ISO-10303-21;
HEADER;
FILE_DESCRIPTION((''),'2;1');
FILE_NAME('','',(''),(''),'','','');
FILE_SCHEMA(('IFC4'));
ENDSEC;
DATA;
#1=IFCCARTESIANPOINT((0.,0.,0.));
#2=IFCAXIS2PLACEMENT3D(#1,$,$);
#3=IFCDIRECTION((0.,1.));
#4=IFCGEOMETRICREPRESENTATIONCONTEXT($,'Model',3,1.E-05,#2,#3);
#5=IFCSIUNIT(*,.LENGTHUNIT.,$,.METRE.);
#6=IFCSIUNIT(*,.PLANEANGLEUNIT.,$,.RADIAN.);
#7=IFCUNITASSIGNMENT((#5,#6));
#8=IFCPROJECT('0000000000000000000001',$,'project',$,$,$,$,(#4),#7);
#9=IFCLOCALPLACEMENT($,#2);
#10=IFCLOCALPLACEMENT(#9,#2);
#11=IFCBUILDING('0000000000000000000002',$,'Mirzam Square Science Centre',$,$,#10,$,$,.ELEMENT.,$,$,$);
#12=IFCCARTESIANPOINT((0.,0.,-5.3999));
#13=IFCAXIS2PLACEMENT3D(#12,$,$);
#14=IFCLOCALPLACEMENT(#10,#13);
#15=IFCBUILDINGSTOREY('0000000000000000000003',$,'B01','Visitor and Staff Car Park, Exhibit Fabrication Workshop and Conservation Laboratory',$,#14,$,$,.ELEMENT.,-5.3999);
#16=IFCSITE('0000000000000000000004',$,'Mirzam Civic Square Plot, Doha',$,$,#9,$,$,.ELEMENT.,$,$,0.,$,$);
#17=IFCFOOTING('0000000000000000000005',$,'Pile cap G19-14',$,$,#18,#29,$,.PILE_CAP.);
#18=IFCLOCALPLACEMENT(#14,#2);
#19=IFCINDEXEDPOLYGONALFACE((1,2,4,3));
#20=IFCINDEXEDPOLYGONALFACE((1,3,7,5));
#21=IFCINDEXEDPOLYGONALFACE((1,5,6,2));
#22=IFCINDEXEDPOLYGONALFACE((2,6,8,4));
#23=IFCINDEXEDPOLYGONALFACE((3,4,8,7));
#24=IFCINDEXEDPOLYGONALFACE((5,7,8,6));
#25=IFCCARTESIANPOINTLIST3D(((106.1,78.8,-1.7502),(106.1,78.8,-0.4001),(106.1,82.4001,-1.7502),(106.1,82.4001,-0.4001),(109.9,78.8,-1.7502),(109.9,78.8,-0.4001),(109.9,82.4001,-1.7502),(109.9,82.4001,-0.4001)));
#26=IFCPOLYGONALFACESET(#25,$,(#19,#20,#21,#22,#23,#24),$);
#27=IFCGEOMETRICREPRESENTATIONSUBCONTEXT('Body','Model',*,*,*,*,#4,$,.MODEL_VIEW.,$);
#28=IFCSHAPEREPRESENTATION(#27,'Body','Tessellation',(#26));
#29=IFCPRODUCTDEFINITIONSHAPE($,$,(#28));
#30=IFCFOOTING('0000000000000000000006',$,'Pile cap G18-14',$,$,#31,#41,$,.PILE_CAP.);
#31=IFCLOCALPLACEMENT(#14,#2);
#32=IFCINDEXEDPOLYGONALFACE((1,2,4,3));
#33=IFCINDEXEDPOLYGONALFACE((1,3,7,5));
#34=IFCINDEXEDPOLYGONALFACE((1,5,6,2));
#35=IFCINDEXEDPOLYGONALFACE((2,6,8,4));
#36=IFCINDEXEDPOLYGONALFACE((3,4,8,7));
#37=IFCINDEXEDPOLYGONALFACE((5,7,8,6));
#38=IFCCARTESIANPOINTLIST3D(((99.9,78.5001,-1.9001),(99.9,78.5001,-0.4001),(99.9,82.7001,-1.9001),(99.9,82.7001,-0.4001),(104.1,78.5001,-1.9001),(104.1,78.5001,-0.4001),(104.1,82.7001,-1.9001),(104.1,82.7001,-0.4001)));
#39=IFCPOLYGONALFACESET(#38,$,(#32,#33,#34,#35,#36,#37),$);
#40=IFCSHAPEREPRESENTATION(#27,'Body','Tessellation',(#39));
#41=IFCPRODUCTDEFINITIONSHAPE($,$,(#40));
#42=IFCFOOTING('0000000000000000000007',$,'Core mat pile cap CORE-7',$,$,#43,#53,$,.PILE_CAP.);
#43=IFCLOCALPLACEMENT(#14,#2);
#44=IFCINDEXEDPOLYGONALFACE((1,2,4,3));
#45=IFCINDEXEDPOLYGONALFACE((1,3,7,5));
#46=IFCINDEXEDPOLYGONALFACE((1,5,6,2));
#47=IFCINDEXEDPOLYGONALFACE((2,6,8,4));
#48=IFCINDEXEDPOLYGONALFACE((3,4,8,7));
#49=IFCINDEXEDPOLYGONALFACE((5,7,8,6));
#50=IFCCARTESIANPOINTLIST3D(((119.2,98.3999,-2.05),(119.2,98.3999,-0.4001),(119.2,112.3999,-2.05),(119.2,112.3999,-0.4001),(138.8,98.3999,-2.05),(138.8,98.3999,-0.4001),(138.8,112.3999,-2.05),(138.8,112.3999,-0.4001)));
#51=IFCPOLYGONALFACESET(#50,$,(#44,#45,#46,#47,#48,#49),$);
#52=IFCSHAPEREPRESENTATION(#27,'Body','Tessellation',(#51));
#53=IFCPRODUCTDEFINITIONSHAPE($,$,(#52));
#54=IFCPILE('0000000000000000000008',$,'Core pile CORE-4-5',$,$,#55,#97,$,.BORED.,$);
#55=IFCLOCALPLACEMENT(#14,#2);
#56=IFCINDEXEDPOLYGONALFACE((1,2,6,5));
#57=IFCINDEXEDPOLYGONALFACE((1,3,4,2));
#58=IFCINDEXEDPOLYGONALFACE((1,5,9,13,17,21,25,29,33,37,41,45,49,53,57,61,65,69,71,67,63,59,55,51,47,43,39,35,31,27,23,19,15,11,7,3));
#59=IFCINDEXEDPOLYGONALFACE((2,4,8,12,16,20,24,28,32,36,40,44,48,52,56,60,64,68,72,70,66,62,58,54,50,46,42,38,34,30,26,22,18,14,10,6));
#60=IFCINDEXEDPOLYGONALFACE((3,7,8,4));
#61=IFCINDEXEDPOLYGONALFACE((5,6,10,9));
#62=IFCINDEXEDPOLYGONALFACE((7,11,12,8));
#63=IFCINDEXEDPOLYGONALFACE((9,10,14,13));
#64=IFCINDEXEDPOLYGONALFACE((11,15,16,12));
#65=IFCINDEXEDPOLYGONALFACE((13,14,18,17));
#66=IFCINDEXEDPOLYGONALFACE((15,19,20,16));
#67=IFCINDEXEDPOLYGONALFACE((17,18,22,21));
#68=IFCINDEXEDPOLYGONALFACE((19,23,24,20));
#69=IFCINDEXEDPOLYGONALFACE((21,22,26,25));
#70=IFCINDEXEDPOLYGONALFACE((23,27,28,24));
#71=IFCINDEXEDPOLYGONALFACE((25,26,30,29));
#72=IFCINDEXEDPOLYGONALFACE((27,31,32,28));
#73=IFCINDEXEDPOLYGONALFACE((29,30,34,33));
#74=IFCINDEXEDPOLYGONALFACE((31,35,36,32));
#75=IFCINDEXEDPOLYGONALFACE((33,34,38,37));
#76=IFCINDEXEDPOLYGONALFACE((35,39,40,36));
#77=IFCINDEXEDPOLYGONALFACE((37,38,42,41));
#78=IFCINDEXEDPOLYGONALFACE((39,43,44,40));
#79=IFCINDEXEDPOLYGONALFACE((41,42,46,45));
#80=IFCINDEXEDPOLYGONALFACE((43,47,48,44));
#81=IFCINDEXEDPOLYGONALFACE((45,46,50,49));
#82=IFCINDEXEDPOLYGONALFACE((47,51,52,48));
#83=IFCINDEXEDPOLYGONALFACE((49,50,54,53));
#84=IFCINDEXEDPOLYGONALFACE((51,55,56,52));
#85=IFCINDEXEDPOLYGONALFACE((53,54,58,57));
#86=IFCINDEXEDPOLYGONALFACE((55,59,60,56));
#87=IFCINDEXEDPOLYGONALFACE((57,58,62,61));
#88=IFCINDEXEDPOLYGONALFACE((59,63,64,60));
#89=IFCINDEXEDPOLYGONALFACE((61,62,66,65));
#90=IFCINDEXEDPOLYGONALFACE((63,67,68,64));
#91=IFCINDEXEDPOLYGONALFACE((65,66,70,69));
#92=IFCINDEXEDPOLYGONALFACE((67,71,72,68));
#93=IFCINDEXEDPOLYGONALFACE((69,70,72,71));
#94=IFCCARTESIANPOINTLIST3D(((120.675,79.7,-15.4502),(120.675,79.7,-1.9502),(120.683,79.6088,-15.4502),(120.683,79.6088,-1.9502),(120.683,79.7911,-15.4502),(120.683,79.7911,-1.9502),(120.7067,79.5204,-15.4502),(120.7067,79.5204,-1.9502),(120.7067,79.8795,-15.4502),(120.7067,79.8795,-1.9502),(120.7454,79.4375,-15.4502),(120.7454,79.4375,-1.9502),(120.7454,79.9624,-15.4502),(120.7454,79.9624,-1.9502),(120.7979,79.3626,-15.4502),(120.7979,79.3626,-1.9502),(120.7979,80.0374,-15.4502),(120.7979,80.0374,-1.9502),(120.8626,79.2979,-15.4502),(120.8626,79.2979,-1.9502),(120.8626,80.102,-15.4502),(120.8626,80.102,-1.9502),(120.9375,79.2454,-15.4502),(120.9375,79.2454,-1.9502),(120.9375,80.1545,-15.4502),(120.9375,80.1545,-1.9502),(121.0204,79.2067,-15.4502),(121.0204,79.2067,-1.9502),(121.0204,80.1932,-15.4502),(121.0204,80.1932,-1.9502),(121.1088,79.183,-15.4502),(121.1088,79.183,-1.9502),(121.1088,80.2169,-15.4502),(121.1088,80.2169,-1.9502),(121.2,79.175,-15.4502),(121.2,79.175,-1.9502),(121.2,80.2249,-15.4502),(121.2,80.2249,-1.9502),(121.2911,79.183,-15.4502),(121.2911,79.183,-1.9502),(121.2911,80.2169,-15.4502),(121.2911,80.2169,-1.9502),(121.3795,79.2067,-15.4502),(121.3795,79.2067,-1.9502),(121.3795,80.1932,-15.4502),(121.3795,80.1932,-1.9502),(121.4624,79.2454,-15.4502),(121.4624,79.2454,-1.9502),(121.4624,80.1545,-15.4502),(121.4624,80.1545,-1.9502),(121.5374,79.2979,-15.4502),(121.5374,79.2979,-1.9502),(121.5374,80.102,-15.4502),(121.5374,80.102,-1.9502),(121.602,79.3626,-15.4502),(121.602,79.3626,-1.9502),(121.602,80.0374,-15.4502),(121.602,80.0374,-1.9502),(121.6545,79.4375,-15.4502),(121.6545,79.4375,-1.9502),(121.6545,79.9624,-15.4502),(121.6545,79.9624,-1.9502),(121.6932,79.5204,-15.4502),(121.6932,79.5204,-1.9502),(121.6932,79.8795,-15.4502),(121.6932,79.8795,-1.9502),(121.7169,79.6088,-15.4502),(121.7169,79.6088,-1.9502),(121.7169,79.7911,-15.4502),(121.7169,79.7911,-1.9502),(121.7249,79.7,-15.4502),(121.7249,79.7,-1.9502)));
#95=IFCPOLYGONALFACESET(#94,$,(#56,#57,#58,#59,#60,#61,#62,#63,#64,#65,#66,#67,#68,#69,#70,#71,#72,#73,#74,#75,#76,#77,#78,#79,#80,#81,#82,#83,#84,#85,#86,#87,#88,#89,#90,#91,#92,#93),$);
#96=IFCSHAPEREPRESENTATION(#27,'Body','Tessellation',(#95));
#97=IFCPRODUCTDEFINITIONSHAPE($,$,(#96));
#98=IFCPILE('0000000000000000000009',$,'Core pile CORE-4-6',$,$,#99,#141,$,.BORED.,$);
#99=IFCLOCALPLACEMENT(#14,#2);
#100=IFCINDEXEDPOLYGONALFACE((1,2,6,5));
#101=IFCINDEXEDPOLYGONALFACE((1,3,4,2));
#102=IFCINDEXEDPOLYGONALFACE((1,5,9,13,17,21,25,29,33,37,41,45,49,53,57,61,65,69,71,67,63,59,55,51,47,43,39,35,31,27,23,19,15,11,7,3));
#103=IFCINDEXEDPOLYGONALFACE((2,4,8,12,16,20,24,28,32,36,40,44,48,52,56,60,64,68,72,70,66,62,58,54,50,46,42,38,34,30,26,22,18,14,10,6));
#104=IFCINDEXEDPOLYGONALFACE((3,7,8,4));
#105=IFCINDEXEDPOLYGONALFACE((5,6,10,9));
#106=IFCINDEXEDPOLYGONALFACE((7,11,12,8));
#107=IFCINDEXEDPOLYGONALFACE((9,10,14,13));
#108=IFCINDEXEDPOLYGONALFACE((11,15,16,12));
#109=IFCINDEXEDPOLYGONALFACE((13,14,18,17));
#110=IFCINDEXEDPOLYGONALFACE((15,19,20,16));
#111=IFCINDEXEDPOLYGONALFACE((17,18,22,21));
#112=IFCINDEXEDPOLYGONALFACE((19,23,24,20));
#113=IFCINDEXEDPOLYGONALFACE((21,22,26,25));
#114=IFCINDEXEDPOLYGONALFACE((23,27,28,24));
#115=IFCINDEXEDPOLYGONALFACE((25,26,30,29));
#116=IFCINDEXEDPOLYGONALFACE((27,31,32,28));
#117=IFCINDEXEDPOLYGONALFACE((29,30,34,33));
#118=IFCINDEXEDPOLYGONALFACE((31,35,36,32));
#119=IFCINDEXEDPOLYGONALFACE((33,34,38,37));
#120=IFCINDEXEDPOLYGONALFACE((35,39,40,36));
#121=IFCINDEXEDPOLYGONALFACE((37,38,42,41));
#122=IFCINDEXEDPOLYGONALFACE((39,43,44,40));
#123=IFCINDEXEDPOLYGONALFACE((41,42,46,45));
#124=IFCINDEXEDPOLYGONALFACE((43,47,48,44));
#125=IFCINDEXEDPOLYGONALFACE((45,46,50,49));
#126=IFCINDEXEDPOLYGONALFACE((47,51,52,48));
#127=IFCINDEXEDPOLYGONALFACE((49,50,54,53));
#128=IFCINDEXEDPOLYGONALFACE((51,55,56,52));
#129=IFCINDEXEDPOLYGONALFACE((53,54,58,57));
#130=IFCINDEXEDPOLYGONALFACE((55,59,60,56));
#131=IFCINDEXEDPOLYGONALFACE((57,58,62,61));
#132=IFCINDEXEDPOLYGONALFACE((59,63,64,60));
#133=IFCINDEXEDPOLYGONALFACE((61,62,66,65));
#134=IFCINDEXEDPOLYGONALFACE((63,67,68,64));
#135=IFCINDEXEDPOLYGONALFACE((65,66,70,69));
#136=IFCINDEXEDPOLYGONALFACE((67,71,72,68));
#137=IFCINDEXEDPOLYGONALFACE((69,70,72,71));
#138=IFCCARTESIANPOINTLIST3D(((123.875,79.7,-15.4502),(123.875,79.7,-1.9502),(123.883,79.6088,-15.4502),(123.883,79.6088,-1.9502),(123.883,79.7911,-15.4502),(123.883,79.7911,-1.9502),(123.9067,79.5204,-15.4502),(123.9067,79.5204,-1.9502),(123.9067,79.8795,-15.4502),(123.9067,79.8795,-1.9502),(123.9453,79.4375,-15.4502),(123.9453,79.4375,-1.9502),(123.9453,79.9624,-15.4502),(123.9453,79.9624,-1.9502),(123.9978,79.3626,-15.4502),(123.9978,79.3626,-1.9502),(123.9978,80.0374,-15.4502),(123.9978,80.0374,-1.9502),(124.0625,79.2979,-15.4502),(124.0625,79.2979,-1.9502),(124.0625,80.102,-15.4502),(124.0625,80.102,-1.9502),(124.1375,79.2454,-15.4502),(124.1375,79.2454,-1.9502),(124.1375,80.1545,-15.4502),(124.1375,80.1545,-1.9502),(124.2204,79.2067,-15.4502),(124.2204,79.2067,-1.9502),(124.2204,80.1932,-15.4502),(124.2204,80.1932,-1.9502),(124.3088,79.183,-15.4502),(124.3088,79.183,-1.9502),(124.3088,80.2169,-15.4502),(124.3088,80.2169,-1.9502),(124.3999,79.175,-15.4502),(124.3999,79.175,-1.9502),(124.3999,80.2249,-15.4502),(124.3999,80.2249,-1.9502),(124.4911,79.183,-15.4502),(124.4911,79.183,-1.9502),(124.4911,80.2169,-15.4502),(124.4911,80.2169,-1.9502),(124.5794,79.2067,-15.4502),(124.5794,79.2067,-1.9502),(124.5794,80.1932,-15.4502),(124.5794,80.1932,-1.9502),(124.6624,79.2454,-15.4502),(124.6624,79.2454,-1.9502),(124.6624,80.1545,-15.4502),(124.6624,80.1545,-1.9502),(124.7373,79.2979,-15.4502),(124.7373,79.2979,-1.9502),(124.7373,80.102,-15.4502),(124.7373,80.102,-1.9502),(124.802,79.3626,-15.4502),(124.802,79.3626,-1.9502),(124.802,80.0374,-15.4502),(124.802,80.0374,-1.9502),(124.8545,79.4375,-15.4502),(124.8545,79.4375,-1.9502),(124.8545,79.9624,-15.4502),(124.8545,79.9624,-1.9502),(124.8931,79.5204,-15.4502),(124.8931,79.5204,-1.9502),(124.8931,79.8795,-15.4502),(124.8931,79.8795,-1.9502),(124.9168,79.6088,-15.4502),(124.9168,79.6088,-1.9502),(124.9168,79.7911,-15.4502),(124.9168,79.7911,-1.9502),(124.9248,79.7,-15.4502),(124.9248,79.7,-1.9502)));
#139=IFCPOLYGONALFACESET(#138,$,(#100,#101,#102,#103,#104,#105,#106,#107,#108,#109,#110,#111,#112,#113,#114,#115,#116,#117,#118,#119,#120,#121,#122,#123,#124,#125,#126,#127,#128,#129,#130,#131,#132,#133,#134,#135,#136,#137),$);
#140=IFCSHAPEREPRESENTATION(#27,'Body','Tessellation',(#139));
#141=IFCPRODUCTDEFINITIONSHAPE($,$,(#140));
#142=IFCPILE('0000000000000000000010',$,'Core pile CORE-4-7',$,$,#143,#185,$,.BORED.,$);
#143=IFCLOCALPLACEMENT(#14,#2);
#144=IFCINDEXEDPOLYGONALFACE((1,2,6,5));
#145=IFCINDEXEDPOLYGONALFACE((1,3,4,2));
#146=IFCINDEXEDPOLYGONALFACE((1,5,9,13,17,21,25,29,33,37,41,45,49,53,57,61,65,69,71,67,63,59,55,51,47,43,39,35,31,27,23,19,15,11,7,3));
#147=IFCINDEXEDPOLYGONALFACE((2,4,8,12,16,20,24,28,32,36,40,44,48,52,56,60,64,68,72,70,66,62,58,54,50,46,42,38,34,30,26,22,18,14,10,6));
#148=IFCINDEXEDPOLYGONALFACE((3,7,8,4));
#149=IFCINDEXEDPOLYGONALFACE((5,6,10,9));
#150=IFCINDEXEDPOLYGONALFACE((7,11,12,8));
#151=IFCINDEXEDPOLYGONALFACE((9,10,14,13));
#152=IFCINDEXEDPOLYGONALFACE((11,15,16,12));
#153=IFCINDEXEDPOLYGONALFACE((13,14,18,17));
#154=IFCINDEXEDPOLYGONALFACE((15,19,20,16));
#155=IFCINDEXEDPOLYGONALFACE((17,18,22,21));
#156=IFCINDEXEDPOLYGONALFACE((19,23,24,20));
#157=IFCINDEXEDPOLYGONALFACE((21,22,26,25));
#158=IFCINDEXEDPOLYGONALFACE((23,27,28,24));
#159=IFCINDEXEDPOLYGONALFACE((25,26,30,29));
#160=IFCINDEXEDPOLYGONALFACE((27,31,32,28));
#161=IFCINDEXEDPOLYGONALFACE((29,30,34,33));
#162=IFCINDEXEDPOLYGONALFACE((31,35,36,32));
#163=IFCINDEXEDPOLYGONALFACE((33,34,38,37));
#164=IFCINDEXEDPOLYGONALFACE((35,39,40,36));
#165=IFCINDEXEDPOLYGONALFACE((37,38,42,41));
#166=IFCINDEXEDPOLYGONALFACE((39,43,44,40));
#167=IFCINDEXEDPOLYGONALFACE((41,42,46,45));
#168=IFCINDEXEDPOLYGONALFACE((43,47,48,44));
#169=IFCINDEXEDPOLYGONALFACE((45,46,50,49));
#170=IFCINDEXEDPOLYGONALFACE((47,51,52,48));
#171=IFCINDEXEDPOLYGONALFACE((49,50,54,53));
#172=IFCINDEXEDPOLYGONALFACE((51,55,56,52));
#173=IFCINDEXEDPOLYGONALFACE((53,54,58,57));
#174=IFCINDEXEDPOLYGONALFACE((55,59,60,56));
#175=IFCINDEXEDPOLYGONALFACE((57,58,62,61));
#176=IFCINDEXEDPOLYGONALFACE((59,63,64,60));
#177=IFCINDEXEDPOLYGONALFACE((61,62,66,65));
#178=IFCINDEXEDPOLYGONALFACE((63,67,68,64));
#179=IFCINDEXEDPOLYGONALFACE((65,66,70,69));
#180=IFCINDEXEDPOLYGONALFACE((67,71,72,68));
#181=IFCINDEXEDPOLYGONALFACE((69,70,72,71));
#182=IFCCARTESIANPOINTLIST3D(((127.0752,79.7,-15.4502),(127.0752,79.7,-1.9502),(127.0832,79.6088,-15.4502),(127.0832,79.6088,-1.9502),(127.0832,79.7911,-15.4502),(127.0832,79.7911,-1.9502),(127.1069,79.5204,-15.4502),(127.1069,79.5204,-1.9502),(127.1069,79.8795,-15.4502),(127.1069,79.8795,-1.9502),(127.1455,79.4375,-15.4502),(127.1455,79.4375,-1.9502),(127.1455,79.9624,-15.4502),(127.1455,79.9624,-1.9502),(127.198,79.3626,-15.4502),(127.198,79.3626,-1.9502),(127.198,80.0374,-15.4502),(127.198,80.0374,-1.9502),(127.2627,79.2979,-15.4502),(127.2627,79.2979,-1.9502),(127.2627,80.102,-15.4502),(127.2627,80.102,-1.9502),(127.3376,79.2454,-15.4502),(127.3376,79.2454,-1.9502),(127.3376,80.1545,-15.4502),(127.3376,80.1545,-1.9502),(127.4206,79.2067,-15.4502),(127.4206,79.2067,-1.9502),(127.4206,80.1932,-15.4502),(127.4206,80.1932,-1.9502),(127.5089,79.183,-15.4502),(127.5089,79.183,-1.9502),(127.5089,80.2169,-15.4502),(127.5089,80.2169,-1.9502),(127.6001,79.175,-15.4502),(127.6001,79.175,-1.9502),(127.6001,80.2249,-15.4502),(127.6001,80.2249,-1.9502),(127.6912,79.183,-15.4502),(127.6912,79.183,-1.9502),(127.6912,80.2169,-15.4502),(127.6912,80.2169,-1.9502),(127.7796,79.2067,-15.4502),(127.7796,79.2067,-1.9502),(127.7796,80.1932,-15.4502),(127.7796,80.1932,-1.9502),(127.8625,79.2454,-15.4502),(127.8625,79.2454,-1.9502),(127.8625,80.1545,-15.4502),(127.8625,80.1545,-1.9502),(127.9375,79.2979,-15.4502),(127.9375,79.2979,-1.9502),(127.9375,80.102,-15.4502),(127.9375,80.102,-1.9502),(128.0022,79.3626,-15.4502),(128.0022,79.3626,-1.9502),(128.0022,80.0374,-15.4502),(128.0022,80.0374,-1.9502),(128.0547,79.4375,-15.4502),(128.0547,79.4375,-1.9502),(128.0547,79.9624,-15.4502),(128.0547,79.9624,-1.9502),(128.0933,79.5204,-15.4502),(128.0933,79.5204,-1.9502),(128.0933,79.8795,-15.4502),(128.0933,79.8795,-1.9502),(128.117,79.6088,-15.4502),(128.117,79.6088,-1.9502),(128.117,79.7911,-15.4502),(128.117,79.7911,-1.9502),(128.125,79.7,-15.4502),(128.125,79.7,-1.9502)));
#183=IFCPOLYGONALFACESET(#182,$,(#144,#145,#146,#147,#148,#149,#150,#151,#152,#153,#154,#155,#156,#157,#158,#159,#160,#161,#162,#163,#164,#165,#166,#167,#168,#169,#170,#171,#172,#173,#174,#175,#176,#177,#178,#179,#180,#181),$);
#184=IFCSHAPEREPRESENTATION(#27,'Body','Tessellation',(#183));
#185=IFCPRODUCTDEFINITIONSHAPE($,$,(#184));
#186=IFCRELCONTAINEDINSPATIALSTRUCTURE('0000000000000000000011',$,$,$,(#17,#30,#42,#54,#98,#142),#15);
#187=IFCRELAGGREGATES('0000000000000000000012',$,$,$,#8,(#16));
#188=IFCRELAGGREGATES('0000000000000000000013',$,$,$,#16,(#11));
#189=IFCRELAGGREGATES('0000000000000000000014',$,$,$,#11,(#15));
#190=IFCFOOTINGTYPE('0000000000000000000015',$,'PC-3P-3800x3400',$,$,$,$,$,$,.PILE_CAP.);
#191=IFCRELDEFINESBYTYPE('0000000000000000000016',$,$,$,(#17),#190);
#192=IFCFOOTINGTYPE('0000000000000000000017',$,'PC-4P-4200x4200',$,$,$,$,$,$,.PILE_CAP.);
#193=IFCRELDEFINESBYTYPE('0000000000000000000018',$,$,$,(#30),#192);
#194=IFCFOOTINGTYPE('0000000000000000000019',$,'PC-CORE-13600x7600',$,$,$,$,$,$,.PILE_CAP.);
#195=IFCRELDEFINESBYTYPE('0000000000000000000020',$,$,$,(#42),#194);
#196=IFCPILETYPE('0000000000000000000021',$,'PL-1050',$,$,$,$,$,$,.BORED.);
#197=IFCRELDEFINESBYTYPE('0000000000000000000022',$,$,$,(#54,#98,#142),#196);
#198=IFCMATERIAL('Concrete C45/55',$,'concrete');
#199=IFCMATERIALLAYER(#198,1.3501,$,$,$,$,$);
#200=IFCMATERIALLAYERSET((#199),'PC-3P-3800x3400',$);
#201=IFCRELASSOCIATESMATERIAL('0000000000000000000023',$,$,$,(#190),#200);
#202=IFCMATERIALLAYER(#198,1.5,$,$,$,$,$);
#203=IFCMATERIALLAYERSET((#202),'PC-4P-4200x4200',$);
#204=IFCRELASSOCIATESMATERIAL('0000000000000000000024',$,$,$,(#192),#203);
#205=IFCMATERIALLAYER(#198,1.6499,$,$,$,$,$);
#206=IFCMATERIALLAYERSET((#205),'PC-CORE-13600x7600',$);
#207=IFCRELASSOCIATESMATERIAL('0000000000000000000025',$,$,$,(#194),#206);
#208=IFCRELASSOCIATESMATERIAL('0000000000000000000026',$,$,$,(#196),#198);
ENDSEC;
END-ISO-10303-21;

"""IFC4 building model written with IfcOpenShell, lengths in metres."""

from ifc_helpers import new_model, si_unit, direction, frame, origin, origin_2d, place, context, subcontext, project, spatial, rectangle, circle, extrude, material, layer, layer_set, material_profile, profile_set, type_object, element, save


model = new_model("IFC4")

# Units and contexts
model_context = context("Model", 3, precision=1e-05, world=origin(), true_north=direction((0.0, 1.0)))
body_context = subcontext(model_context, "Body", "Model", "MODEL_VIEW")
ifc_project = project(units=[si_unit("LENGTHUNIT", "METRE"), si_unit("PLANEANGLEUNIT", "RADIAN")], contexts=[model_context])

# Site, building, storey
site_placement = place(None, origin())
site = spatial("IfcSite", under=ifc_project, at=site_placement, Name="Mirzam Civic Square Plot, Doha", CompositionType="ELEMENT", RefElevation=0.0)
building_placement = place(site_placement, origin())
building = spatial("IfcBuilding", under=site, at=building_placement, Name="Mirzam Square Science Centre", CompositionType="ELEMENT")
storey_placement = place(building_placement, frame((0.0, 0.0, -5.3999)))
storey = spatial("IfcBuildingStorey", under=building, at=storey_placement, Name="B01", Description="Visitor and Staff Car Park, Exhibit Fabrication Workshop and Conservation Laboratory", CompositionType="ELEMENT", Elevation=-5.3999)

# Footings
ifc_material_1 = material(Name="Concrete C45/55", Category="concrete")
ifc_layer_1 = layer(ifc_material_1, 1.3501)
ifc_layer_set_1 = layer_set([ifc_layer_1], Name="PC-3P-3800x3400")
footing_type_1 = type_object("IfcFootingType", Name="PC-3P-3800x3400", PredefinedType="PILE_CAP", material=ifc_layer_set_1)
footing_1_placement = place(storey_placement, frame((108.0, 80.6001, -1.7502), z_axis=(0.0, 0.0, 1.0), x_axis=(1.0, 0.0, 0.0)))
element("IfcFooting", 1, at=footing_1_placement, inside=storey, type_object=footing_type_1, Name="Pile cap G19-14", PredefinedType="PILE_CAP", context=body_context, shape_type="SweptSolid", body=[
    extrude(rectangle(XDim=3.8, YDim=3.6001, at=origin_2d()), origin(), (0.0, 0.0, 1.0), 1.3501),
])
ifc_layer_2 = layer(ifc_material_1, 1.5)
ifc_layer_set_2 = layer_set([ifc_layer_2], Name="PC-4P-4200x4200")
footing_type_2 = type_object("IfcFootingType", Name="PC-4P-4200x4200", PredefinedType="PILE_CAP", material=ifc_layer_set_2)
footing_2_placement = place(storey_placement, frame((102.0, 80.6001, -1.9001), z_axis=(0.0, 0.0, 1.0), x_axis=(1.0, 0.0, 0.0)))
element("IfcFooting", 2, at=footing_2_placement, inside=storey, type_object=footing_type_2, Name="Pile cap G18-14", PredefinedType="PILE_CAP", context=body_context, shape_type="SweptSolid", body=[
    extrude(rectangle(XDim=4.2, YDim=4.2, at=origin_2d()), origin(), (0.0, 0.0, 1.0), 1.5),
])
ifc_layer_3 = layer(ifc_material_1, 1.6499)
ifc_layer_set_3 = layer_set([ifc_layer_3], Name="PC-CORE-13600x7600")
footing_type_3 = type_object("IfcFootingType", Name="PC-CORE-13600x7600", PredefinedType="PILE_CAP", material=ifc_layer_set_3)
footing_3_placement = place(storey_placement, frame((129.0, 105.3999, -2.05), z_axis=(0.0, 0.0, 1.0), x_axis=(1.0, 0.0, 0.0)))
element("IfcFooting", 3, at=footing_3_placement, inside=storey, type_object=footing_type_3, Name="Core mat pile cap CORE-7", PredefinedType="PILE_CAP", context=body_context, shape_type="SweptSolid", body=[
    extrude(rectangle(XDim=19.6001, YDim=14.0, at=origin_2d()), origin(), (0.0, 0.0, 1.0), 1.6499),
])

# Piles
ifc_material_profile_1 = material_profile(ifc_material_1, circle(Radius=0.5249, at=origin_2d()), Name="PILE-D1050")
ifc_profile_set_1 = profile_set([ifc_material_profile_1], Name="Concrete C45/55")
pile_type_1 = type_object("IfcPileType", Name="PL-1050", PredefinedType="BORED", material=ifc_profile_set_1)
for number, where, z_axis, x_axis, name in (
    (4, (121.2, 79.7, -1.9502), (0.0, 0.0, -1.0), (1.0, 0.0, 0.0), "Core pile CORE-4-5"),
    (5, (124.3999, 79.7, -1.9502), (0.0, 0.0, -1.0), (1.0, 0.0, 0.0), "Core pile CORE-4-6"),
    (6, (127.6001, 79.7, -1.9502), (0.0, 0.0, -1.0), (1.0, 0.0, 0.0), "Core pile CORE-4-7"),
):
    element("IfcPile", number, at=place(storey_placement, frame(where, z_axis=z_axis, x_axis=x_axis)), inside=storey, type_object=pile_type_1, Name=name, PredefinedType="BORED", context=body_context, shape_type="SweptSolid", body=[
        extrude(circle(Radius=0.5249, at=origin_2d()), origin(), (0.0, 0.0, 1.0), 13.5),
    ])

save(model, "model.ifc")
